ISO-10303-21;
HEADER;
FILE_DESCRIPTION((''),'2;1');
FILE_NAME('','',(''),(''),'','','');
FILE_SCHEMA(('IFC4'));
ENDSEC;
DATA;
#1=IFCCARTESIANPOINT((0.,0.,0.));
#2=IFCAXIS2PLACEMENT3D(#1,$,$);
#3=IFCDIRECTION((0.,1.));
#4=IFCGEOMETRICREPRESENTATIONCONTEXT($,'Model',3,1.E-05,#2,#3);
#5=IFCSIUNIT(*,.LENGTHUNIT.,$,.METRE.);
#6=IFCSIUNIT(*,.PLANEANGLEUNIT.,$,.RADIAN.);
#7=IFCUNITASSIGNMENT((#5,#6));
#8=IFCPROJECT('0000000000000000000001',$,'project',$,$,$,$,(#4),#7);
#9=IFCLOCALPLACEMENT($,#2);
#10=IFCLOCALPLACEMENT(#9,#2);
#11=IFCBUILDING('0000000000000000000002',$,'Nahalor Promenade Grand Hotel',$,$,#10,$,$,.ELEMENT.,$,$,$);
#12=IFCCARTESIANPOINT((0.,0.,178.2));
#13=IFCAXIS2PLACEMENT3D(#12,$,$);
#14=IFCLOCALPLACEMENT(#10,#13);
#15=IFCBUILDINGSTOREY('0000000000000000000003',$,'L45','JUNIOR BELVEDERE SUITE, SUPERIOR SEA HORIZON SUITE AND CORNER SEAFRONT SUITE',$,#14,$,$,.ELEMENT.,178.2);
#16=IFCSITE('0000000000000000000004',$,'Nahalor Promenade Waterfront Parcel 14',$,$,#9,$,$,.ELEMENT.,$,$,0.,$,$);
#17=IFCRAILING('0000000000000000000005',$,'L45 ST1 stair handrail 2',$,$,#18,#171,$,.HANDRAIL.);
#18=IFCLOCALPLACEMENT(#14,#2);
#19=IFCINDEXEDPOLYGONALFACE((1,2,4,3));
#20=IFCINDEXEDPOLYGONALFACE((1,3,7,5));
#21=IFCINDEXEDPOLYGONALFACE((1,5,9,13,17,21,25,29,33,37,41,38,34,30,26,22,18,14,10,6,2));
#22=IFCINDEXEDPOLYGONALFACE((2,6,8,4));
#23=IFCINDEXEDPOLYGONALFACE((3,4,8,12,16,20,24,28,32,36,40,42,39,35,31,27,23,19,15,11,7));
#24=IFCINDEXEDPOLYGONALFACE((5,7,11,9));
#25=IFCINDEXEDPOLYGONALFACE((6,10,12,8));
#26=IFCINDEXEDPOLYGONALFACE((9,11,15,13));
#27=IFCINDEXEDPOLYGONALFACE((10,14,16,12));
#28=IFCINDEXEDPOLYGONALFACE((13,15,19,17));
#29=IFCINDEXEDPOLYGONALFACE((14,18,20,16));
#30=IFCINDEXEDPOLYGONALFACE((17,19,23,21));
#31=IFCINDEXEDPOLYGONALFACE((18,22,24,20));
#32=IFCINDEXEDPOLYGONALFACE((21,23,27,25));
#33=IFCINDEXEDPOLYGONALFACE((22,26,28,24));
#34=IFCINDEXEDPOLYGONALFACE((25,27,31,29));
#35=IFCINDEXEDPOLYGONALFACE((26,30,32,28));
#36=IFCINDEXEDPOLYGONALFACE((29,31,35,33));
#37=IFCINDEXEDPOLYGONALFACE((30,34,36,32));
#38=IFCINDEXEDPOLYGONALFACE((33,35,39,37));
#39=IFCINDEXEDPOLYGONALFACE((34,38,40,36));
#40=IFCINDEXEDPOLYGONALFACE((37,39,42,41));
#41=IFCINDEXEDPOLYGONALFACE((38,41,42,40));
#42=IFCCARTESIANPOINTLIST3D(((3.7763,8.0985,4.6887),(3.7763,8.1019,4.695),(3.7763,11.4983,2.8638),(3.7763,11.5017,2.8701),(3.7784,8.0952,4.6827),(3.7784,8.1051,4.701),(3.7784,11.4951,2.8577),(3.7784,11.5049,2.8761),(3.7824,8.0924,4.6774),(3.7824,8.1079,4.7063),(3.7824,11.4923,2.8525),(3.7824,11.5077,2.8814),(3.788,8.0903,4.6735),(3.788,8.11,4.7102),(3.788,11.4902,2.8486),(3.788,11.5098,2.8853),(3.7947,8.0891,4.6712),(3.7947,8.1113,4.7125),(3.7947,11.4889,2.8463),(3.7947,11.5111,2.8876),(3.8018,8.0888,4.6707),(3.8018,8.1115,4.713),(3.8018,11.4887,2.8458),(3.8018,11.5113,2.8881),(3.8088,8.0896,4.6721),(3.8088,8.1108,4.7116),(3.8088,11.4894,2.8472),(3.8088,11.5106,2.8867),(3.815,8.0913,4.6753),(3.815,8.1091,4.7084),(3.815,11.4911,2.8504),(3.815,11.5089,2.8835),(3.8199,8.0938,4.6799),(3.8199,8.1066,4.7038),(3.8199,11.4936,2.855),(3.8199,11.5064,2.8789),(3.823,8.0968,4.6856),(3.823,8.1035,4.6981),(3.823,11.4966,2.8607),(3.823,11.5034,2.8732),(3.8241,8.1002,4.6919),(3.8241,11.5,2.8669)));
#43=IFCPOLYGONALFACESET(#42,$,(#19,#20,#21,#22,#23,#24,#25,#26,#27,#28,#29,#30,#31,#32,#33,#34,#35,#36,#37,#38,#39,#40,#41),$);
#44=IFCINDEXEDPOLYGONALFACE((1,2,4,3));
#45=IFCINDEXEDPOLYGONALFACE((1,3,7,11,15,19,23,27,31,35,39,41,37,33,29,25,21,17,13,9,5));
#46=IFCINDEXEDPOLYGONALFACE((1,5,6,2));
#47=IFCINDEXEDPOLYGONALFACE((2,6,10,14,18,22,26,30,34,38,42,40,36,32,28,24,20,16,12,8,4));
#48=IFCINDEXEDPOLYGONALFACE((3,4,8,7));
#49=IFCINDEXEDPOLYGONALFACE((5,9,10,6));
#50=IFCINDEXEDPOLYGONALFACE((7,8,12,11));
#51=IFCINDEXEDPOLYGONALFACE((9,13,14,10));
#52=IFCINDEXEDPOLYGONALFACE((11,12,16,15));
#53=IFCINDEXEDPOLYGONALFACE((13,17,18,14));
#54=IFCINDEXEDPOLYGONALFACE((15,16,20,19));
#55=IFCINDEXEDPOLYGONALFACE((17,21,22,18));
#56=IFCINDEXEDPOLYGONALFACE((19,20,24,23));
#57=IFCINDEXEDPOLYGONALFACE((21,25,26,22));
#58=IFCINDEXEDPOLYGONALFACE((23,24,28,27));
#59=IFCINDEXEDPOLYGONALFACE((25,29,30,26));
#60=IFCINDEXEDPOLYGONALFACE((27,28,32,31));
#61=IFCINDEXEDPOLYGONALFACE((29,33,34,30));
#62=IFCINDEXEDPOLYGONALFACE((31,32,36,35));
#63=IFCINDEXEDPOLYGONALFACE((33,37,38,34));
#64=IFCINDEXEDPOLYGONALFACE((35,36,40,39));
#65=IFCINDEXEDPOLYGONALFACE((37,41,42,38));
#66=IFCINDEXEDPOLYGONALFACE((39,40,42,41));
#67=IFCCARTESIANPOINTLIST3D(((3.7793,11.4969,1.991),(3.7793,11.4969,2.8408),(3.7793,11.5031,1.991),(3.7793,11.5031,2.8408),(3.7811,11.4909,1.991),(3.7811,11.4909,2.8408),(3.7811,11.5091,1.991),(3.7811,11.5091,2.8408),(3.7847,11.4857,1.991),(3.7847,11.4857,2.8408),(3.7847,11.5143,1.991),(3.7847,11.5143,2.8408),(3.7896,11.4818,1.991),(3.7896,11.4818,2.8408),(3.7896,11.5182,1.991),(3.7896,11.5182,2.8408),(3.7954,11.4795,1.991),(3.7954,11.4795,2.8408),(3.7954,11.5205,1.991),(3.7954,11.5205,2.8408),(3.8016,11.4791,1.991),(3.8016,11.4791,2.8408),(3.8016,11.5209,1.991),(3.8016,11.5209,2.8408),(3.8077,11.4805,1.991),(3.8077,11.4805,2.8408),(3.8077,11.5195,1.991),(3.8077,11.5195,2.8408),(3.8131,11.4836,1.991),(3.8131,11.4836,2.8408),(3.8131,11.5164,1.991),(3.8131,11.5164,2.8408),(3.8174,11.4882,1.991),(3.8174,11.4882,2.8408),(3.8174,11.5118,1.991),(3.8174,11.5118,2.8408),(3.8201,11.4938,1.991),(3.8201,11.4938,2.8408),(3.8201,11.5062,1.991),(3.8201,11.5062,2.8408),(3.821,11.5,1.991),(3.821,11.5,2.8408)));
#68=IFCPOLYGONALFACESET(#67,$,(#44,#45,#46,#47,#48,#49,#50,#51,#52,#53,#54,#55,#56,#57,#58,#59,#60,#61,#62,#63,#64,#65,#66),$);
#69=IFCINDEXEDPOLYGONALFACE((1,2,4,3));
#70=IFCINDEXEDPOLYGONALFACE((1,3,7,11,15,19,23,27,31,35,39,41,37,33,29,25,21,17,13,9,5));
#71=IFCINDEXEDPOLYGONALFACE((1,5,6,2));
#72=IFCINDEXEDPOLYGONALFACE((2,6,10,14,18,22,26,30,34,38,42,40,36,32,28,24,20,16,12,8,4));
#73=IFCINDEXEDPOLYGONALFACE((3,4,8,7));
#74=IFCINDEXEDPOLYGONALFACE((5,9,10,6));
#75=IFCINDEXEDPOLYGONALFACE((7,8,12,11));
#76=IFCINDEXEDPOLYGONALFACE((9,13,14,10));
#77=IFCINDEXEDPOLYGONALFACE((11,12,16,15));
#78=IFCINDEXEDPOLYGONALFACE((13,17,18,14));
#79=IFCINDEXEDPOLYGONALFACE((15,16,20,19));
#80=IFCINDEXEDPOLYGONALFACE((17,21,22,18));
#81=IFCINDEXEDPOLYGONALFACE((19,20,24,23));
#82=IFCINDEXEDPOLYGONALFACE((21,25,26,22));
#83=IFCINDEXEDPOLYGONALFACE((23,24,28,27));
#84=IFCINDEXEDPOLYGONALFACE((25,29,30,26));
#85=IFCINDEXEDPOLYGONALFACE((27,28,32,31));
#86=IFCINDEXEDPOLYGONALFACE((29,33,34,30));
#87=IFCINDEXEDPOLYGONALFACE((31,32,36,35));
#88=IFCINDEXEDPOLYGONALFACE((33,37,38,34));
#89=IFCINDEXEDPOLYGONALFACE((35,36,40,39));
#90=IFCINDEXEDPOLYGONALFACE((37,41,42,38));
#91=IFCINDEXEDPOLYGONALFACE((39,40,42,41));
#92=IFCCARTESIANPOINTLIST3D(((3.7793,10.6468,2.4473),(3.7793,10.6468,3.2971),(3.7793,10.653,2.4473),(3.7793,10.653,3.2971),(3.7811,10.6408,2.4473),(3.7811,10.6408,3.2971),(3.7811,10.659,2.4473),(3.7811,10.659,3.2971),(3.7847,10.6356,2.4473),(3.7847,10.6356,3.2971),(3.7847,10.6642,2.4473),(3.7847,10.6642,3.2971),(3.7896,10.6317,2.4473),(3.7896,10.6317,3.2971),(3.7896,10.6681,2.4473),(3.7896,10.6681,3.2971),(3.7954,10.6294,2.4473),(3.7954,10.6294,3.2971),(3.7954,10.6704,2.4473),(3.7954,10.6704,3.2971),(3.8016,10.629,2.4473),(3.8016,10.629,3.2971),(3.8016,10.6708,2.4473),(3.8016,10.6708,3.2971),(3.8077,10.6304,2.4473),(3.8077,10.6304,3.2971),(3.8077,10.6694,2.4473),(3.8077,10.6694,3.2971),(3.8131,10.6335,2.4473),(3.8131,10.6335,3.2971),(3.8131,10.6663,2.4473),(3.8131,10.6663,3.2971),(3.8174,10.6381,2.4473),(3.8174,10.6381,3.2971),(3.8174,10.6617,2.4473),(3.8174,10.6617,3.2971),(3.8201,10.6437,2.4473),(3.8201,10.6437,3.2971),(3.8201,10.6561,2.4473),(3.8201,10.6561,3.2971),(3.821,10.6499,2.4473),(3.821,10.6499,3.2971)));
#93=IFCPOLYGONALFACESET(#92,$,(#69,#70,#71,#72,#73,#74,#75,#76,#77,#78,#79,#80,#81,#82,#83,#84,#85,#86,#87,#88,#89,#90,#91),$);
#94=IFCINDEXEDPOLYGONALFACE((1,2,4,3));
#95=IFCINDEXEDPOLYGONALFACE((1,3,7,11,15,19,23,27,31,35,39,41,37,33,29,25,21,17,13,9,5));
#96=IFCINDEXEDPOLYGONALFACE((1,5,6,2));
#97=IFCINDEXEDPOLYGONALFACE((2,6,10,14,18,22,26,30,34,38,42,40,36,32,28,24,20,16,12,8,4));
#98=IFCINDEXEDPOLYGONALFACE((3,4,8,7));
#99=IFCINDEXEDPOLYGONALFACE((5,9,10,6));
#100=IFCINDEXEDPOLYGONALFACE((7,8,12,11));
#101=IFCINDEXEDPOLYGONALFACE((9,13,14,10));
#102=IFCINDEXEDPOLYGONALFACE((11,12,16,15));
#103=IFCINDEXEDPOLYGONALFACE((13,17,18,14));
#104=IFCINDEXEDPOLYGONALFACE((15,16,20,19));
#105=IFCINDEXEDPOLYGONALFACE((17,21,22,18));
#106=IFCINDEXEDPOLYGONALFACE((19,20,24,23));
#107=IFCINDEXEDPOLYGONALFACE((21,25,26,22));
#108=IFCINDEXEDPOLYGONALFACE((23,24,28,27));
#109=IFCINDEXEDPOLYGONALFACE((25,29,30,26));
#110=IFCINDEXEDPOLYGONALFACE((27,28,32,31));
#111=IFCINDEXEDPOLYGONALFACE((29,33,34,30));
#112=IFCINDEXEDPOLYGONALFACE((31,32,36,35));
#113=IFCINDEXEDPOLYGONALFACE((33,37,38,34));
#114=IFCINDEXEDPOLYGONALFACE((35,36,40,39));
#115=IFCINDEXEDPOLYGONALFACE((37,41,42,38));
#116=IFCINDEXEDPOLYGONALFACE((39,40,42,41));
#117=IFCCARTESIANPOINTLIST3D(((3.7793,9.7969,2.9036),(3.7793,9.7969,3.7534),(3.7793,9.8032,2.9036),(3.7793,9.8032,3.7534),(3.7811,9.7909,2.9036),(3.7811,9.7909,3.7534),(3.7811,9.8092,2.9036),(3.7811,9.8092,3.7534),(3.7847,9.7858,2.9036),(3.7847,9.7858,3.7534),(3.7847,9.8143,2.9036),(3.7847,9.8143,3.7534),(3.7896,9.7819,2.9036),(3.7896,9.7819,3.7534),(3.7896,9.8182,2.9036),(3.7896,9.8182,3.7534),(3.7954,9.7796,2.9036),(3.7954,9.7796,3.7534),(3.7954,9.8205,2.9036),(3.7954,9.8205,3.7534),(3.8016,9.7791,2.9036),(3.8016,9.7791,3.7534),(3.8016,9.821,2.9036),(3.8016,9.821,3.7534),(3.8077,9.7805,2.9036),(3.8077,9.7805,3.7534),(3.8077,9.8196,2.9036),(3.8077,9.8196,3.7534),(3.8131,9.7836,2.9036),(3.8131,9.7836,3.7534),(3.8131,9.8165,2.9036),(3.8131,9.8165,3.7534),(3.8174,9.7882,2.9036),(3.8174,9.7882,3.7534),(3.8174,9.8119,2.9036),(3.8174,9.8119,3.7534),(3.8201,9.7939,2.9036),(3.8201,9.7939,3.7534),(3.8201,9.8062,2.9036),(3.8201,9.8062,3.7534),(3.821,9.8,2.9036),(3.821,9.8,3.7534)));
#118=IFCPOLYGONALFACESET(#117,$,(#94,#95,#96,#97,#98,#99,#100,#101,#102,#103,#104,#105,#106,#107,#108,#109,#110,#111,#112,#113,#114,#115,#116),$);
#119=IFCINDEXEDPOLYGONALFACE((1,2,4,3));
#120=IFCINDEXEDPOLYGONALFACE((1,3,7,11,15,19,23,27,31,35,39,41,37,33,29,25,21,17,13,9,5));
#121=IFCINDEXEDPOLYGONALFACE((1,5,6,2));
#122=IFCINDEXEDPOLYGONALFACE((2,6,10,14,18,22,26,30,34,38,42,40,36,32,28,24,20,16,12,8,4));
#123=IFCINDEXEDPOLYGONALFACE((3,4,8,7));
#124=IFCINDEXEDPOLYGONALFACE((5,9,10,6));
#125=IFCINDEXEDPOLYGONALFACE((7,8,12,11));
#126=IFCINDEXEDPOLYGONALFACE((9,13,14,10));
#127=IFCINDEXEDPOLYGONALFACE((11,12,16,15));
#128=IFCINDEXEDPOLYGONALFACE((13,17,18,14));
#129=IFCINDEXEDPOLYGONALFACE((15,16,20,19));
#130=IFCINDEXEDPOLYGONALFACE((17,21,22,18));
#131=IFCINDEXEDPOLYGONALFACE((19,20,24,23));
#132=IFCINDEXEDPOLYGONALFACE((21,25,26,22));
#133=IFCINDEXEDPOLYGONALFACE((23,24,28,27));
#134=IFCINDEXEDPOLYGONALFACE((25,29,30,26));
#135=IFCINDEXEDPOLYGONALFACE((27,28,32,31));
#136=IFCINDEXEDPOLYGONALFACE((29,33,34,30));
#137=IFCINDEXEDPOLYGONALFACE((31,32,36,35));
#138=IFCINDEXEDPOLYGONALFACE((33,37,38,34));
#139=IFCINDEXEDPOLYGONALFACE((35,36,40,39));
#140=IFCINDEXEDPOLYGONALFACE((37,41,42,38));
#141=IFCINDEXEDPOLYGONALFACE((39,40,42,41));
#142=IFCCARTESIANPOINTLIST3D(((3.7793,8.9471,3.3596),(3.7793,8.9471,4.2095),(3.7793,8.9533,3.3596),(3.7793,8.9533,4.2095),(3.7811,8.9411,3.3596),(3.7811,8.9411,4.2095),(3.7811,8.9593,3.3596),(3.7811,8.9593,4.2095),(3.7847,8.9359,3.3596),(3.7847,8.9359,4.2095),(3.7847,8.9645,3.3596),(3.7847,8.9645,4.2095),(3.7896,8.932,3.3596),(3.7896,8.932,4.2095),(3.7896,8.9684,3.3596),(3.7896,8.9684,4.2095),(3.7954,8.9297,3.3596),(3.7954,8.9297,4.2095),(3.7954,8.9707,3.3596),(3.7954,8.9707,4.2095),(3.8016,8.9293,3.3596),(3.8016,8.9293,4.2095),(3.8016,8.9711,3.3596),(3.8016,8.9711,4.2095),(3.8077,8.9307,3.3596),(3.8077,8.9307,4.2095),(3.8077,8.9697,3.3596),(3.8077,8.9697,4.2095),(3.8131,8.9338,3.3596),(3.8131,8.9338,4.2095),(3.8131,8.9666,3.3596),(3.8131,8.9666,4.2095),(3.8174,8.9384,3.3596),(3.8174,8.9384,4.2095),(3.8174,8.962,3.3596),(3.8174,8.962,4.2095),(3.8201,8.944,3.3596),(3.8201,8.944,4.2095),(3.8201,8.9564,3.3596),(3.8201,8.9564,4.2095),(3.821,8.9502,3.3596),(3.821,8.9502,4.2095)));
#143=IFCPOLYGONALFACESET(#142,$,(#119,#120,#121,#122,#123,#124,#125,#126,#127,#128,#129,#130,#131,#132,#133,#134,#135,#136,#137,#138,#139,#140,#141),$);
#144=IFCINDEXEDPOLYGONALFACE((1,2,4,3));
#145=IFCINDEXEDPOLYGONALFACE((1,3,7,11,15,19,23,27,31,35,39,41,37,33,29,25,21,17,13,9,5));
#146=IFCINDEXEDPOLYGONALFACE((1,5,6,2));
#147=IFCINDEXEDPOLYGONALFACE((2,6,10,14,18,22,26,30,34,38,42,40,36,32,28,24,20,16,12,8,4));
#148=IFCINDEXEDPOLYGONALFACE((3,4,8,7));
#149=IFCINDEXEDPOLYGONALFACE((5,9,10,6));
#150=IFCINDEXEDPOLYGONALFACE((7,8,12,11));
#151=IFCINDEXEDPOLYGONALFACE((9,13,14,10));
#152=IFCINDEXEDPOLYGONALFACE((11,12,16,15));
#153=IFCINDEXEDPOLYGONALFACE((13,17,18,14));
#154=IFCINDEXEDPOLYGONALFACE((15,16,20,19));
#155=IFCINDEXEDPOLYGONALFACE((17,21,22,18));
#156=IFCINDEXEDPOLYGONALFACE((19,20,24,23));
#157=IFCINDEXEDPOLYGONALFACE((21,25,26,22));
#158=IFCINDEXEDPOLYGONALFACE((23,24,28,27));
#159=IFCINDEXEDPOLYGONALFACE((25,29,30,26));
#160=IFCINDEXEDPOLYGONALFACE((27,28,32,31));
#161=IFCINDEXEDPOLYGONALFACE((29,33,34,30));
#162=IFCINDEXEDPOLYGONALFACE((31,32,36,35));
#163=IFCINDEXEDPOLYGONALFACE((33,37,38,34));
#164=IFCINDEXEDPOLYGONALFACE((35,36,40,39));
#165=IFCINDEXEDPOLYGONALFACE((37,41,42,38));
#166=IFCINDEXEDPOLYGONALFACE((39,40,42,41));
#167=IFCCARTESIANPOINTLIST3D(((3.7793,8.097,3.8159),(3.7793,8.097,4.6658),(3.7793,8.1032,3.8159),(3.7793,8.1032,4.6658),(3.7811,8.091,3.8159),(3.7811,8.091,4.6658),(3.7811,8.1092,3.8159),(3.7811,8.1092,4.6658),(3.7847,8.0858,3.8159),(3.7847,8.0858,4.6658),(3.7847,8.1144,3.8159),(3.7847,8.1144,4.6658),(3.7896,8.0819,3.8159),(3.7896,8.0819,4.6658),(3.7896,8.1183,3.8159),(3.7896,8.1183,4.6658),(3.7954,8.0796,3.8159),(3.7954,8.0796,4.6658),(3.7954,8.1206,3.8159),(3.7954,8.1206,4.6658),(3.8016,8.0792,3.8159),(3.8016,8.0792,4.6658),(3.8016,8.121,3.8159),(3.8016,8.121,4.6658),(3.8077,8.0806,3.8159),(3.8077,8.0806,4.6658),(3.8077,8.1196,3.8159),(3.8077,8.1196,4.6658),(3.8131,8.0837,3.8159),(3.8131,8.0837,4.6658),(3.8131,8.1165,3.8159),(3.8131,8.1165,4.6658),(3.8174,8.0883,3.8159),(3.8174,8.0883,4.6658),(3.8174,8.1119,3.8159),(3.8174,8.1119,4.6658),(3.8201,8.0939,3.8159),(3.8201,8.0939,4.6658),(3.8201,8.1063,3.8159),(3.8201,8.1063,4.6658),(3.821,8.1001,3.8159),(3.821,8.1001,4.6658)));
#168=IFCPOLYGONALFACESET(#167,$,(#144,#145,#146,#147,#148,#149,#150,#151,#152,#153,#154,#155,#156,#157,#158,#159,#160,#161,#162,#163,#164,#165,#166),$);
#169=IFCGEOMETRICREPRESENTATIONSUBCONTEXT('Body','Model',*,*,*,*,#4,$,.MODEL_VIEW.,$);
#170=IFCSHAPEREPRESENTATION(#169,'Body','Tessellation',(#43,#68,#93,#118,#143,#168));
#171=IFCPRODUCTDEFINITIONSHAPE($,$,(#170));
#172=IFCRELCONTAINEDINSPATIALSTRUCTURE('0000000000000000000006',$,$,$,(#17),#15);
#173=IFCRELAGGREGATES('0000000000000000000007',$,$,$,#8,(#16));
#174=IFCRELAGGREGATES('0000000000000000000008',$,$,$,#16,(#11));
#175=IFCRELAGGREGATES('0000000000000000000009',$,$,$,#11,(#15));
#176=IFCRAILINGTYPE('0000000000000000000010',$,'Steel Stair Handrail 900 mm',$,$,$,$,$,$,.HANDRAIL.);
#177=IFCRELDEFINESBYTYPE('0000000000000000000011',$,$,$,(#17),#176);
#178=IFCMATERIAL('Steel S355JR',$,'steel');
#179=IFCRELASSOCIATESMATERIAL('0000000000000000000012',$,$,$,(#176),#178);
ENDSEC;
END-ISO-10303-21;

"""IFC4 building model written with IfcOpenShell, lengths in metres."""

from ifc_helpers import new_model, si_unit, direction, frame, origin, origin_2d, place, context, subcontext, project, spatial, circle, extrude, material, type_object, element, save


model = new_model("IFC4")

# Units and contexts
model_context = context("Model", 3, precision=1e-05, world=origin(), true_north=direction((0.0, 1.0)))
body_context = subcontext(model_context, "Body", "Model", "MODEL_VIEW")
ifc_project = project(units=[si_unit("LENGTHUNIT", "METRE"), si_unit("PLANEANGLEUNIT", "RADIAN")], contexts=[model_context])

# Site, building, storey
site_placement = place(None, origin())
site = spatial("IfcSite", under=ifc_project, at=site_placement, Name="Nahalor Promenade Waterfront Parcel 14", CompositionType="ELEMENT", RefElevation=0.0)
building_placement = place(site_placement, origin())
building = spatial("IfcBuilding", under=site, at=building_placement, Name="Nahalor Promenade Grand Hotel", CompositionType="ELEMENT")
storey_placement = place(building_placement, frame((0.0, 0.0, 178.2)))
storey = spatial("IfcBuildingStorey", under=building, at=storey_placement, Name="L45", Description="JUNIOR BELVEDERE SUITE, SUPERIOR SEA HORIZON SUITE AND CORNER SEAFRONT SUITE", CompositionType="ELEMENT", Elevation=178.2)

# Shared definitions
ifc_material_1 = material(Name="Steel S355JR", Category="steel")

# Railing
railing_type = type_object("IfcRailingType", Name="Steel Stair Handrail 900 mm", PredefinedType="HANDRAIL", material=ifc_material_1)
railing_placement = place(storey_placement, frame((3.8, 11.5, 1.991)))
element("IfcRailing", 1, at=railing_placement, inside=storey, type_object=railing_type, Name="L45 ST1 stair handrail 2", PredefinedType="HANDRAIL", context=body_context, shape_type="SweptSolid", body=[
    extrude(circle(Radius=0.024, at=origin_2d()), frame((0.0, 0.0, 0.876), z_axis=(0.0, -0.881094, 0.472941), x_axis=(1.0, 0.0, 0.0)), (0.0, 0.0, 1.0), 3.8586),
    extrude(circle(Radius=0.021, at=origin_2d()), origin(), (0.0, 0.0, 1.0), 0.8499),
    extrude(circle(Radius=0.021, at=origin_2d()), frame((0.0, -0.8501, 0.4563)), (0.0, 0.0, 1.0), 0.8499),
    extrude(circle(Radius=0.021, at=origin_2d()), frame((0.0, -1.7, 0.9126)), (0.0, 0.0, 1.0), 0.8499),
    extrude(circle(Radius=0.021, at=origin_2d()), frame((0.0, -2.5498, 1.3687)), (0.0, 0.0, 1.0), 0.8499),
    extrude(circle(Radius=0.021, at=origin_2d()), frame((0.0, -3.3999, 1.825)), (0.0, 0.0, 1.0), 0.8499),
])

save(model, "model.ifc")
